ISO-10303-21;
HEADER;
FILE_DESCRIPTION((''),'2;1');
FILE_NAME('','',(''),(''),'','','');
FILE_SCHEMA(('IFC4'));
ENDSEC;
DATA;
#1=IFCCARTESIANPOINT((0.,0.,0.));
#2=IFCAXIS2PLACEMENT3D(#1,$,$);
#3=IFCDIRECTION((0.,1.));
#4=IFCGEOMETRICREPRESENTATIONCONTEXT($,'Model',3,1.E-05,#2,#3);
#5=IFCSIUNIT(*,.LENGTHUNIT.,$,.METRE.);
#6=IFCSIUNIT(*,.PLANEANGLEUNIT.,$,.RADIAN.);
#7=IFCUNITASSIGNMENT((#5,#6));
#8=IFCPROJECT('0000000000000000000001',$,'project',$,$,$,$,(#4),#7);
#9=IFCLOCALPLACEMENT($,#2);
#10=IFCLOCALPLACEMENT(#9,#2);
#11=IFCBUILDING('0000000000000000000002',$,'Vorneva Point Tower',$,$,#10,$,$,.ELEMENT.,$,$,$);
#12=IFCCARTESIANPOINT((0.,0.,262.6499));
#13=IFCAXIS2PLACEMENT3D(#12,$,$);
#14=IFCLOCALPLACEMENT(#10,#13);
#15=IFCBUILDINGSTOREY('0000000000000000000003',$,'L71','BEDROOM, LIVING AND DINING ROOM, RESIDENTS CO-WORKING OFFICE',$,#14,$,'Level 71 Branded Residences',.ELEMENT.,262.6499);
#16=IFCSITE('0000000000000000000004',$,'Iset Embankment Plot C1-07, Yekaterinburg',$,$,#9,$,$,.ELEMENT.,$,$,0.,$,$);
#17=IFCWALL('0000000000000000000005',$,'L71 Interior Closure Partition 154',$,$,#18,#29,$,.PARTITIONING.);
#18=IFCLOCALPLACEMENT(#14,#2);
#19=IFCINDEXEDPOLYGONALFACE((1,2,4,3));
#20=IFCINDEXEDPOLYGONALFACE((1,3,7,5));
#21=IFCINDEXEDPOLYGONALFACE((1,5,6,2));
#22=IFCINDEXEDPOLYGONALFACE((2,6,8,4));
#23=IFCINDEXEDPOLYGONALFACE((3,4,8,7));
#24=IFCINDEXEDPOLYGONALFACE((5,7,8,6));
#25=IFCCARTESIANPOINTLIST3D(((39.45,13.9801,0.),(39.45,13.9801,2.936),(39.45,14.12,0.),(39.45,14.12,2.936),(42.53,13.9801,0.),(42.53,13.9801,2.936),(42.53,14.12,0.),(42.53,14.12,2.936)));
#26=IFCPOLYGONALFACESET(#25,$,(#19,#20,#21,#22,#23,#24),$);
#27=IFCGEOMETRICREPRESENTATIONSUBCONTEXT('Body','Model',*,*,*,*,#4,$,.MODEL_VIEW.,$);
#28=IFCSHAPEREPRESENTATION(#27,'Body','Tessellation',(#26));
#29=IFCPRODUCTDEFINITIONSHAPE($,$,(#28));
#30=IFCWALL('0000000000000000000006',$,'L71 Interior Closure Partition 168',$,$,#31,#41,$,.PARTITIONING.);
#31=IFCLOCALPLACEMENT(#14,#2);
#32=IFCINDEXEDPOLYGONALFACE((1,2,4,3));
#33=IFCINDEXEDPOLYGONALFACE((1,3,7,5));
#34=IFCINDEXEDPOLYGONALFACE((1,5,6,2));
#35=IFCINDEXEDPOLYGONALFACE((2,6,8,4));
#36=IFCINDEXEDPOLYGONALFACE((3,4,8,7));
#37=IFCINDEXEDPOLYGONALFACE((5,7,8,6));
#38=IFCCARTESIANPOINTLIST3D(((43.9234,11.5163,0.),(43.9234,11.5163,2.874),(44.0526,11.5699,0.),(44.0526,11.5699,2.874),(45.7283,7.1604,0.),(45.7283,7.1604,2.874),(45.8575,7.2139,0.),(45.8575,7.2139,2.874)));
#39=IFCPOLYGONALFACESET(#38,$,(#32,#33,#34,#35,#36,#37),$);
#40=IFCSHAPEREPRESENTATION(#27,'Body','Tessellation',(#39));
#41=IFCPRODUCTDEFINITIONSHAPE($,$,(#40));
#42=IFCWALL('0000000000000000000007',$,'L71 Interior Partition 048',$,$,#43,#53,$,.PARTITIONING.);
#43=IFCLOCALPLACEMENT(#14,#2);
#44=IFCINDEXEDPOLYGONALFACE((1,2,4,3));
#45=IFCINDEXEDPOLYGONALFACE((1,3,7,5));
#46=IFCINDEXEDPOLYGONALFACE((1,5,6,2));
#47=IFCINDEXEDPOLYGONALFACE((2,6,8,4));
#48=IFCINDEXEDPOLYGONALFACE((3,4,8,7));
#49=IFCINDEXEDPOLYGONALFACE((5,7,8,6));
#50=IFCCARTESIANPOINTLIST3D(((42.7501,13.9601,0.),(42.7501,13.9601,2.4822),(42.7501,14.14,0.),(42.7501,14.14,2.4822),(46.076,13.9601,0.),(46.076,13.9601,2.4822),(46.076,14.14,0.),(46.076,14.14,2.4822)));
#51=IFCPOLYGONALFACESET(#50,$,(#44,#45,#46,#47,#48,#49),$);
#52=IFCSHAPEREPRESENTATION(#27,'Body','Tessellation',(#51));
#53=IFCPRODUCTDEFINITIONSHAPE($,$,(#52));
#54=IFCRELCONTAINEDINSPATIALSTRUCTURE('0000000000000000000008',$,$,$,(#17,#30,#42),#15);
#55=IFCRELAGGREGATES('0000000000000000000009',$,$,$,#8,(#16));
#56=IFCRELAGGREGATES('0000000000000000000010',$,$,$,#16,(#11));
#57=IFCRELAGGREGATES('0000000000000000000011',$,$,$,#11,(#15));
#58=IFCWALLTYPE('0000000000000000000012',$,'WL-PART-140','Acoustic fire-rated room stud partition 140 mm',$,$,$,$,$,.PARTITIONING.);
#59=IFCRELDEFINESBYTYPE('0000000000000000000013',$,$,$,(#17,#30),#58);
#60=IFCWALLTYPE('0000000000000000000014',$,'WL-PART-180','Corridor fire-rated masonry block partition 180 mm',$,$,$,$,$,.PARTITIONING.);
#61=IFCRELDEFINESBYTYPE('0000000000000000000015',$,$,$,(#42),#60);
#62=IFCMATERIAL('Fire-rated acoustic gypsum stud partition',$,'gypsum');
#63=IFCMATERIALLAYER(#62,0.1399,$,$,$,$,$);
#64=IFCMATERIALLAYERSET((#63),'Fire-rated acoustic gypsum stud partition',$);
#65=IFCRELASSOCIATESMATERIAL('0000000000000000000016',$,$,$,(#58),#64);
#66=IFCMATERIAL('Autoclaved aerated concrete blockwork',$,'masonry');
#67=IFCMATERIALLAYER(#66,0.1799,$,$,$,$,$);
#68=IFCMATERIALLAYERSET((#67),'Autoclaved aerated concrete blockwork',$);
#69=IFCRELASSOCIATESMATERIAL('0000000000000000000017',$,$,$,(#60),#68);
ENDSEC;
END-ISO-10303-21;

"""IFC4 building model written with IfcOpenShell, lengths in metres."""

from ifc_helpers import new_model, si_unit, direction, frame, frame_2d, origin, place, context, subcontext, project, spatial, rectangle, extrude, material, layer, layer_set, type_object, element, save


model = new_model("IFC4")

# Units and contexts
model_context = context("Model", 3, precision=1e-05, world=origin(), true_north=direction((0.0, 1.0)))
body_context = subcontext(model_context, "Body", "Model", "MODEL_VIEW")
ifc_project = project(units=[si_unit("LENGTHUNIT", "METRE"), si_unit("PLANEANGLEUNIT", "RADIAN")], contexts=[model_context])

# Site, building, storey
site_placement = place(None, origin())
site = spatial("IfcSite", under=ifc_project, at=site_placement, Name="Iset Embankment Plot C1-07, Yekaterinburg", CompositionType="ELEMENT", RefElevation=0.0)
building_placement = place(site_placement, origin())
building = spatial("IfcBuilding", under=site, at=building_placement, Name="Vorneva Point Tower", CompositionType="ELEMENT")
storey_placement = place(building_placement, frame((0.0, 0.0, 262.6499)))
storey = spatial("IfcBuildingStorey", under=building, at=storey_placement, Name="L71", Description="BEDROOM, LIVING AND DINING ROOM, RESIDENTS CO-WORKING OFFICE", LongName="Level 71 Branded Residences", CompositionType="ELEMENT", Elevation=262.6499)

# Shared definitions
ifc_material_1 = material(Name="Fire-rated acoustic gypsum stud partition", Category="gypsum")

# Walls
ifc_layer_1 = layer(ifc_material_1, 0.1399)
ifc_layer_set_1 = layer_set([ifc_layer_1], Name="Fire-rated acoustic gypsum stud partition")
wall_type_1 = type_object("IfcWallType", Name="WL-PART-140", Description="Acoustic fire-rated room stud partition 140 mm", PredefinedType="PARTITIONING", material=ifc_layer_set_1)
wall_1_placement = place(storey_placement, frame((39.45, 14.05, 0.0), z_axis=(0.0, 0.0, 1.0), x_axis=(1.0, 0.0, 0.0)))
element("IfcWall", 1, at=wall_1_placement, inside=storey, type_object=wall_type_1, Name="L71 Interior Closure Partition 154", PredefinedType="PARTITIONING", context=body_context, shape_type="SweptSolid", body=[
    extrude(rectangle(XDim=3.0801, YDim=0.1399, at=frame_2d((1.54, 0.0))), origin(), (0.0, 0.0, 1.0), 2.936),
])
wall_2_placement = place(storey_placement, frame((43.988, 11.543, 0.0), z_axis=(0.0, 0.0, 1.0), x_axis=(0.382798, -0.923832, 0.0)))
element("IfcWall", 2, at=wall_2_placement, inside=storey, type_object=wall_type_1, Name="L71 Interior Closure Partition 168", PredefinedType="PARTITIONING", context=body_context, shape_type="SweptSolid", body=[
    extrude(rectangle(XDim=4.7151, YDim=0.1399, at=frame_2d((2.3574, 0.0))), origin(), (0.0, 0.0, 1.0), 2.874),
])

# Shared definitions
ifc_material_2 = material(Name="Autoclaved aerated concrete blockwork", Category="masonry")
ifc_layer_2 = layer(ifc_material_2, 0.1799)
ifc_layer_set_2 = layer_set([ifc_layer_2], Name="Autoclaved aerated concrete blockwork")
wall_type_2 = type_object("IfcWallType", Name="WL-PART-180", Description="Corridor fire-rated masonry block partition 180 mm", PredefinedType="PARTITIONING", material=ifc_layer_set_2)

# Wall
wall_3_placement = place(storey_placement, frame((42.75, 14.05, 0.0), z_axis=(0.0, 0.0, 1.0), x_axis=(1.0, 0.0, 0.0)))
element("IfcWall", 3, at=wall_3_placement, inside=storey, type_object=wall_type_2, Name="L71 Interior Partition 048", PredefinedType="PARTITIONING", context=body_context, shape_type="SweptSolid", body=[
    extrude(rectangle(XDim=3.3259, YDim=0.1799, at=frame_2d((1.6631, 0.0))), origin(), (0.0, 0.0, 1.0), 2.4822),
])

save(model, "model.ifc")
